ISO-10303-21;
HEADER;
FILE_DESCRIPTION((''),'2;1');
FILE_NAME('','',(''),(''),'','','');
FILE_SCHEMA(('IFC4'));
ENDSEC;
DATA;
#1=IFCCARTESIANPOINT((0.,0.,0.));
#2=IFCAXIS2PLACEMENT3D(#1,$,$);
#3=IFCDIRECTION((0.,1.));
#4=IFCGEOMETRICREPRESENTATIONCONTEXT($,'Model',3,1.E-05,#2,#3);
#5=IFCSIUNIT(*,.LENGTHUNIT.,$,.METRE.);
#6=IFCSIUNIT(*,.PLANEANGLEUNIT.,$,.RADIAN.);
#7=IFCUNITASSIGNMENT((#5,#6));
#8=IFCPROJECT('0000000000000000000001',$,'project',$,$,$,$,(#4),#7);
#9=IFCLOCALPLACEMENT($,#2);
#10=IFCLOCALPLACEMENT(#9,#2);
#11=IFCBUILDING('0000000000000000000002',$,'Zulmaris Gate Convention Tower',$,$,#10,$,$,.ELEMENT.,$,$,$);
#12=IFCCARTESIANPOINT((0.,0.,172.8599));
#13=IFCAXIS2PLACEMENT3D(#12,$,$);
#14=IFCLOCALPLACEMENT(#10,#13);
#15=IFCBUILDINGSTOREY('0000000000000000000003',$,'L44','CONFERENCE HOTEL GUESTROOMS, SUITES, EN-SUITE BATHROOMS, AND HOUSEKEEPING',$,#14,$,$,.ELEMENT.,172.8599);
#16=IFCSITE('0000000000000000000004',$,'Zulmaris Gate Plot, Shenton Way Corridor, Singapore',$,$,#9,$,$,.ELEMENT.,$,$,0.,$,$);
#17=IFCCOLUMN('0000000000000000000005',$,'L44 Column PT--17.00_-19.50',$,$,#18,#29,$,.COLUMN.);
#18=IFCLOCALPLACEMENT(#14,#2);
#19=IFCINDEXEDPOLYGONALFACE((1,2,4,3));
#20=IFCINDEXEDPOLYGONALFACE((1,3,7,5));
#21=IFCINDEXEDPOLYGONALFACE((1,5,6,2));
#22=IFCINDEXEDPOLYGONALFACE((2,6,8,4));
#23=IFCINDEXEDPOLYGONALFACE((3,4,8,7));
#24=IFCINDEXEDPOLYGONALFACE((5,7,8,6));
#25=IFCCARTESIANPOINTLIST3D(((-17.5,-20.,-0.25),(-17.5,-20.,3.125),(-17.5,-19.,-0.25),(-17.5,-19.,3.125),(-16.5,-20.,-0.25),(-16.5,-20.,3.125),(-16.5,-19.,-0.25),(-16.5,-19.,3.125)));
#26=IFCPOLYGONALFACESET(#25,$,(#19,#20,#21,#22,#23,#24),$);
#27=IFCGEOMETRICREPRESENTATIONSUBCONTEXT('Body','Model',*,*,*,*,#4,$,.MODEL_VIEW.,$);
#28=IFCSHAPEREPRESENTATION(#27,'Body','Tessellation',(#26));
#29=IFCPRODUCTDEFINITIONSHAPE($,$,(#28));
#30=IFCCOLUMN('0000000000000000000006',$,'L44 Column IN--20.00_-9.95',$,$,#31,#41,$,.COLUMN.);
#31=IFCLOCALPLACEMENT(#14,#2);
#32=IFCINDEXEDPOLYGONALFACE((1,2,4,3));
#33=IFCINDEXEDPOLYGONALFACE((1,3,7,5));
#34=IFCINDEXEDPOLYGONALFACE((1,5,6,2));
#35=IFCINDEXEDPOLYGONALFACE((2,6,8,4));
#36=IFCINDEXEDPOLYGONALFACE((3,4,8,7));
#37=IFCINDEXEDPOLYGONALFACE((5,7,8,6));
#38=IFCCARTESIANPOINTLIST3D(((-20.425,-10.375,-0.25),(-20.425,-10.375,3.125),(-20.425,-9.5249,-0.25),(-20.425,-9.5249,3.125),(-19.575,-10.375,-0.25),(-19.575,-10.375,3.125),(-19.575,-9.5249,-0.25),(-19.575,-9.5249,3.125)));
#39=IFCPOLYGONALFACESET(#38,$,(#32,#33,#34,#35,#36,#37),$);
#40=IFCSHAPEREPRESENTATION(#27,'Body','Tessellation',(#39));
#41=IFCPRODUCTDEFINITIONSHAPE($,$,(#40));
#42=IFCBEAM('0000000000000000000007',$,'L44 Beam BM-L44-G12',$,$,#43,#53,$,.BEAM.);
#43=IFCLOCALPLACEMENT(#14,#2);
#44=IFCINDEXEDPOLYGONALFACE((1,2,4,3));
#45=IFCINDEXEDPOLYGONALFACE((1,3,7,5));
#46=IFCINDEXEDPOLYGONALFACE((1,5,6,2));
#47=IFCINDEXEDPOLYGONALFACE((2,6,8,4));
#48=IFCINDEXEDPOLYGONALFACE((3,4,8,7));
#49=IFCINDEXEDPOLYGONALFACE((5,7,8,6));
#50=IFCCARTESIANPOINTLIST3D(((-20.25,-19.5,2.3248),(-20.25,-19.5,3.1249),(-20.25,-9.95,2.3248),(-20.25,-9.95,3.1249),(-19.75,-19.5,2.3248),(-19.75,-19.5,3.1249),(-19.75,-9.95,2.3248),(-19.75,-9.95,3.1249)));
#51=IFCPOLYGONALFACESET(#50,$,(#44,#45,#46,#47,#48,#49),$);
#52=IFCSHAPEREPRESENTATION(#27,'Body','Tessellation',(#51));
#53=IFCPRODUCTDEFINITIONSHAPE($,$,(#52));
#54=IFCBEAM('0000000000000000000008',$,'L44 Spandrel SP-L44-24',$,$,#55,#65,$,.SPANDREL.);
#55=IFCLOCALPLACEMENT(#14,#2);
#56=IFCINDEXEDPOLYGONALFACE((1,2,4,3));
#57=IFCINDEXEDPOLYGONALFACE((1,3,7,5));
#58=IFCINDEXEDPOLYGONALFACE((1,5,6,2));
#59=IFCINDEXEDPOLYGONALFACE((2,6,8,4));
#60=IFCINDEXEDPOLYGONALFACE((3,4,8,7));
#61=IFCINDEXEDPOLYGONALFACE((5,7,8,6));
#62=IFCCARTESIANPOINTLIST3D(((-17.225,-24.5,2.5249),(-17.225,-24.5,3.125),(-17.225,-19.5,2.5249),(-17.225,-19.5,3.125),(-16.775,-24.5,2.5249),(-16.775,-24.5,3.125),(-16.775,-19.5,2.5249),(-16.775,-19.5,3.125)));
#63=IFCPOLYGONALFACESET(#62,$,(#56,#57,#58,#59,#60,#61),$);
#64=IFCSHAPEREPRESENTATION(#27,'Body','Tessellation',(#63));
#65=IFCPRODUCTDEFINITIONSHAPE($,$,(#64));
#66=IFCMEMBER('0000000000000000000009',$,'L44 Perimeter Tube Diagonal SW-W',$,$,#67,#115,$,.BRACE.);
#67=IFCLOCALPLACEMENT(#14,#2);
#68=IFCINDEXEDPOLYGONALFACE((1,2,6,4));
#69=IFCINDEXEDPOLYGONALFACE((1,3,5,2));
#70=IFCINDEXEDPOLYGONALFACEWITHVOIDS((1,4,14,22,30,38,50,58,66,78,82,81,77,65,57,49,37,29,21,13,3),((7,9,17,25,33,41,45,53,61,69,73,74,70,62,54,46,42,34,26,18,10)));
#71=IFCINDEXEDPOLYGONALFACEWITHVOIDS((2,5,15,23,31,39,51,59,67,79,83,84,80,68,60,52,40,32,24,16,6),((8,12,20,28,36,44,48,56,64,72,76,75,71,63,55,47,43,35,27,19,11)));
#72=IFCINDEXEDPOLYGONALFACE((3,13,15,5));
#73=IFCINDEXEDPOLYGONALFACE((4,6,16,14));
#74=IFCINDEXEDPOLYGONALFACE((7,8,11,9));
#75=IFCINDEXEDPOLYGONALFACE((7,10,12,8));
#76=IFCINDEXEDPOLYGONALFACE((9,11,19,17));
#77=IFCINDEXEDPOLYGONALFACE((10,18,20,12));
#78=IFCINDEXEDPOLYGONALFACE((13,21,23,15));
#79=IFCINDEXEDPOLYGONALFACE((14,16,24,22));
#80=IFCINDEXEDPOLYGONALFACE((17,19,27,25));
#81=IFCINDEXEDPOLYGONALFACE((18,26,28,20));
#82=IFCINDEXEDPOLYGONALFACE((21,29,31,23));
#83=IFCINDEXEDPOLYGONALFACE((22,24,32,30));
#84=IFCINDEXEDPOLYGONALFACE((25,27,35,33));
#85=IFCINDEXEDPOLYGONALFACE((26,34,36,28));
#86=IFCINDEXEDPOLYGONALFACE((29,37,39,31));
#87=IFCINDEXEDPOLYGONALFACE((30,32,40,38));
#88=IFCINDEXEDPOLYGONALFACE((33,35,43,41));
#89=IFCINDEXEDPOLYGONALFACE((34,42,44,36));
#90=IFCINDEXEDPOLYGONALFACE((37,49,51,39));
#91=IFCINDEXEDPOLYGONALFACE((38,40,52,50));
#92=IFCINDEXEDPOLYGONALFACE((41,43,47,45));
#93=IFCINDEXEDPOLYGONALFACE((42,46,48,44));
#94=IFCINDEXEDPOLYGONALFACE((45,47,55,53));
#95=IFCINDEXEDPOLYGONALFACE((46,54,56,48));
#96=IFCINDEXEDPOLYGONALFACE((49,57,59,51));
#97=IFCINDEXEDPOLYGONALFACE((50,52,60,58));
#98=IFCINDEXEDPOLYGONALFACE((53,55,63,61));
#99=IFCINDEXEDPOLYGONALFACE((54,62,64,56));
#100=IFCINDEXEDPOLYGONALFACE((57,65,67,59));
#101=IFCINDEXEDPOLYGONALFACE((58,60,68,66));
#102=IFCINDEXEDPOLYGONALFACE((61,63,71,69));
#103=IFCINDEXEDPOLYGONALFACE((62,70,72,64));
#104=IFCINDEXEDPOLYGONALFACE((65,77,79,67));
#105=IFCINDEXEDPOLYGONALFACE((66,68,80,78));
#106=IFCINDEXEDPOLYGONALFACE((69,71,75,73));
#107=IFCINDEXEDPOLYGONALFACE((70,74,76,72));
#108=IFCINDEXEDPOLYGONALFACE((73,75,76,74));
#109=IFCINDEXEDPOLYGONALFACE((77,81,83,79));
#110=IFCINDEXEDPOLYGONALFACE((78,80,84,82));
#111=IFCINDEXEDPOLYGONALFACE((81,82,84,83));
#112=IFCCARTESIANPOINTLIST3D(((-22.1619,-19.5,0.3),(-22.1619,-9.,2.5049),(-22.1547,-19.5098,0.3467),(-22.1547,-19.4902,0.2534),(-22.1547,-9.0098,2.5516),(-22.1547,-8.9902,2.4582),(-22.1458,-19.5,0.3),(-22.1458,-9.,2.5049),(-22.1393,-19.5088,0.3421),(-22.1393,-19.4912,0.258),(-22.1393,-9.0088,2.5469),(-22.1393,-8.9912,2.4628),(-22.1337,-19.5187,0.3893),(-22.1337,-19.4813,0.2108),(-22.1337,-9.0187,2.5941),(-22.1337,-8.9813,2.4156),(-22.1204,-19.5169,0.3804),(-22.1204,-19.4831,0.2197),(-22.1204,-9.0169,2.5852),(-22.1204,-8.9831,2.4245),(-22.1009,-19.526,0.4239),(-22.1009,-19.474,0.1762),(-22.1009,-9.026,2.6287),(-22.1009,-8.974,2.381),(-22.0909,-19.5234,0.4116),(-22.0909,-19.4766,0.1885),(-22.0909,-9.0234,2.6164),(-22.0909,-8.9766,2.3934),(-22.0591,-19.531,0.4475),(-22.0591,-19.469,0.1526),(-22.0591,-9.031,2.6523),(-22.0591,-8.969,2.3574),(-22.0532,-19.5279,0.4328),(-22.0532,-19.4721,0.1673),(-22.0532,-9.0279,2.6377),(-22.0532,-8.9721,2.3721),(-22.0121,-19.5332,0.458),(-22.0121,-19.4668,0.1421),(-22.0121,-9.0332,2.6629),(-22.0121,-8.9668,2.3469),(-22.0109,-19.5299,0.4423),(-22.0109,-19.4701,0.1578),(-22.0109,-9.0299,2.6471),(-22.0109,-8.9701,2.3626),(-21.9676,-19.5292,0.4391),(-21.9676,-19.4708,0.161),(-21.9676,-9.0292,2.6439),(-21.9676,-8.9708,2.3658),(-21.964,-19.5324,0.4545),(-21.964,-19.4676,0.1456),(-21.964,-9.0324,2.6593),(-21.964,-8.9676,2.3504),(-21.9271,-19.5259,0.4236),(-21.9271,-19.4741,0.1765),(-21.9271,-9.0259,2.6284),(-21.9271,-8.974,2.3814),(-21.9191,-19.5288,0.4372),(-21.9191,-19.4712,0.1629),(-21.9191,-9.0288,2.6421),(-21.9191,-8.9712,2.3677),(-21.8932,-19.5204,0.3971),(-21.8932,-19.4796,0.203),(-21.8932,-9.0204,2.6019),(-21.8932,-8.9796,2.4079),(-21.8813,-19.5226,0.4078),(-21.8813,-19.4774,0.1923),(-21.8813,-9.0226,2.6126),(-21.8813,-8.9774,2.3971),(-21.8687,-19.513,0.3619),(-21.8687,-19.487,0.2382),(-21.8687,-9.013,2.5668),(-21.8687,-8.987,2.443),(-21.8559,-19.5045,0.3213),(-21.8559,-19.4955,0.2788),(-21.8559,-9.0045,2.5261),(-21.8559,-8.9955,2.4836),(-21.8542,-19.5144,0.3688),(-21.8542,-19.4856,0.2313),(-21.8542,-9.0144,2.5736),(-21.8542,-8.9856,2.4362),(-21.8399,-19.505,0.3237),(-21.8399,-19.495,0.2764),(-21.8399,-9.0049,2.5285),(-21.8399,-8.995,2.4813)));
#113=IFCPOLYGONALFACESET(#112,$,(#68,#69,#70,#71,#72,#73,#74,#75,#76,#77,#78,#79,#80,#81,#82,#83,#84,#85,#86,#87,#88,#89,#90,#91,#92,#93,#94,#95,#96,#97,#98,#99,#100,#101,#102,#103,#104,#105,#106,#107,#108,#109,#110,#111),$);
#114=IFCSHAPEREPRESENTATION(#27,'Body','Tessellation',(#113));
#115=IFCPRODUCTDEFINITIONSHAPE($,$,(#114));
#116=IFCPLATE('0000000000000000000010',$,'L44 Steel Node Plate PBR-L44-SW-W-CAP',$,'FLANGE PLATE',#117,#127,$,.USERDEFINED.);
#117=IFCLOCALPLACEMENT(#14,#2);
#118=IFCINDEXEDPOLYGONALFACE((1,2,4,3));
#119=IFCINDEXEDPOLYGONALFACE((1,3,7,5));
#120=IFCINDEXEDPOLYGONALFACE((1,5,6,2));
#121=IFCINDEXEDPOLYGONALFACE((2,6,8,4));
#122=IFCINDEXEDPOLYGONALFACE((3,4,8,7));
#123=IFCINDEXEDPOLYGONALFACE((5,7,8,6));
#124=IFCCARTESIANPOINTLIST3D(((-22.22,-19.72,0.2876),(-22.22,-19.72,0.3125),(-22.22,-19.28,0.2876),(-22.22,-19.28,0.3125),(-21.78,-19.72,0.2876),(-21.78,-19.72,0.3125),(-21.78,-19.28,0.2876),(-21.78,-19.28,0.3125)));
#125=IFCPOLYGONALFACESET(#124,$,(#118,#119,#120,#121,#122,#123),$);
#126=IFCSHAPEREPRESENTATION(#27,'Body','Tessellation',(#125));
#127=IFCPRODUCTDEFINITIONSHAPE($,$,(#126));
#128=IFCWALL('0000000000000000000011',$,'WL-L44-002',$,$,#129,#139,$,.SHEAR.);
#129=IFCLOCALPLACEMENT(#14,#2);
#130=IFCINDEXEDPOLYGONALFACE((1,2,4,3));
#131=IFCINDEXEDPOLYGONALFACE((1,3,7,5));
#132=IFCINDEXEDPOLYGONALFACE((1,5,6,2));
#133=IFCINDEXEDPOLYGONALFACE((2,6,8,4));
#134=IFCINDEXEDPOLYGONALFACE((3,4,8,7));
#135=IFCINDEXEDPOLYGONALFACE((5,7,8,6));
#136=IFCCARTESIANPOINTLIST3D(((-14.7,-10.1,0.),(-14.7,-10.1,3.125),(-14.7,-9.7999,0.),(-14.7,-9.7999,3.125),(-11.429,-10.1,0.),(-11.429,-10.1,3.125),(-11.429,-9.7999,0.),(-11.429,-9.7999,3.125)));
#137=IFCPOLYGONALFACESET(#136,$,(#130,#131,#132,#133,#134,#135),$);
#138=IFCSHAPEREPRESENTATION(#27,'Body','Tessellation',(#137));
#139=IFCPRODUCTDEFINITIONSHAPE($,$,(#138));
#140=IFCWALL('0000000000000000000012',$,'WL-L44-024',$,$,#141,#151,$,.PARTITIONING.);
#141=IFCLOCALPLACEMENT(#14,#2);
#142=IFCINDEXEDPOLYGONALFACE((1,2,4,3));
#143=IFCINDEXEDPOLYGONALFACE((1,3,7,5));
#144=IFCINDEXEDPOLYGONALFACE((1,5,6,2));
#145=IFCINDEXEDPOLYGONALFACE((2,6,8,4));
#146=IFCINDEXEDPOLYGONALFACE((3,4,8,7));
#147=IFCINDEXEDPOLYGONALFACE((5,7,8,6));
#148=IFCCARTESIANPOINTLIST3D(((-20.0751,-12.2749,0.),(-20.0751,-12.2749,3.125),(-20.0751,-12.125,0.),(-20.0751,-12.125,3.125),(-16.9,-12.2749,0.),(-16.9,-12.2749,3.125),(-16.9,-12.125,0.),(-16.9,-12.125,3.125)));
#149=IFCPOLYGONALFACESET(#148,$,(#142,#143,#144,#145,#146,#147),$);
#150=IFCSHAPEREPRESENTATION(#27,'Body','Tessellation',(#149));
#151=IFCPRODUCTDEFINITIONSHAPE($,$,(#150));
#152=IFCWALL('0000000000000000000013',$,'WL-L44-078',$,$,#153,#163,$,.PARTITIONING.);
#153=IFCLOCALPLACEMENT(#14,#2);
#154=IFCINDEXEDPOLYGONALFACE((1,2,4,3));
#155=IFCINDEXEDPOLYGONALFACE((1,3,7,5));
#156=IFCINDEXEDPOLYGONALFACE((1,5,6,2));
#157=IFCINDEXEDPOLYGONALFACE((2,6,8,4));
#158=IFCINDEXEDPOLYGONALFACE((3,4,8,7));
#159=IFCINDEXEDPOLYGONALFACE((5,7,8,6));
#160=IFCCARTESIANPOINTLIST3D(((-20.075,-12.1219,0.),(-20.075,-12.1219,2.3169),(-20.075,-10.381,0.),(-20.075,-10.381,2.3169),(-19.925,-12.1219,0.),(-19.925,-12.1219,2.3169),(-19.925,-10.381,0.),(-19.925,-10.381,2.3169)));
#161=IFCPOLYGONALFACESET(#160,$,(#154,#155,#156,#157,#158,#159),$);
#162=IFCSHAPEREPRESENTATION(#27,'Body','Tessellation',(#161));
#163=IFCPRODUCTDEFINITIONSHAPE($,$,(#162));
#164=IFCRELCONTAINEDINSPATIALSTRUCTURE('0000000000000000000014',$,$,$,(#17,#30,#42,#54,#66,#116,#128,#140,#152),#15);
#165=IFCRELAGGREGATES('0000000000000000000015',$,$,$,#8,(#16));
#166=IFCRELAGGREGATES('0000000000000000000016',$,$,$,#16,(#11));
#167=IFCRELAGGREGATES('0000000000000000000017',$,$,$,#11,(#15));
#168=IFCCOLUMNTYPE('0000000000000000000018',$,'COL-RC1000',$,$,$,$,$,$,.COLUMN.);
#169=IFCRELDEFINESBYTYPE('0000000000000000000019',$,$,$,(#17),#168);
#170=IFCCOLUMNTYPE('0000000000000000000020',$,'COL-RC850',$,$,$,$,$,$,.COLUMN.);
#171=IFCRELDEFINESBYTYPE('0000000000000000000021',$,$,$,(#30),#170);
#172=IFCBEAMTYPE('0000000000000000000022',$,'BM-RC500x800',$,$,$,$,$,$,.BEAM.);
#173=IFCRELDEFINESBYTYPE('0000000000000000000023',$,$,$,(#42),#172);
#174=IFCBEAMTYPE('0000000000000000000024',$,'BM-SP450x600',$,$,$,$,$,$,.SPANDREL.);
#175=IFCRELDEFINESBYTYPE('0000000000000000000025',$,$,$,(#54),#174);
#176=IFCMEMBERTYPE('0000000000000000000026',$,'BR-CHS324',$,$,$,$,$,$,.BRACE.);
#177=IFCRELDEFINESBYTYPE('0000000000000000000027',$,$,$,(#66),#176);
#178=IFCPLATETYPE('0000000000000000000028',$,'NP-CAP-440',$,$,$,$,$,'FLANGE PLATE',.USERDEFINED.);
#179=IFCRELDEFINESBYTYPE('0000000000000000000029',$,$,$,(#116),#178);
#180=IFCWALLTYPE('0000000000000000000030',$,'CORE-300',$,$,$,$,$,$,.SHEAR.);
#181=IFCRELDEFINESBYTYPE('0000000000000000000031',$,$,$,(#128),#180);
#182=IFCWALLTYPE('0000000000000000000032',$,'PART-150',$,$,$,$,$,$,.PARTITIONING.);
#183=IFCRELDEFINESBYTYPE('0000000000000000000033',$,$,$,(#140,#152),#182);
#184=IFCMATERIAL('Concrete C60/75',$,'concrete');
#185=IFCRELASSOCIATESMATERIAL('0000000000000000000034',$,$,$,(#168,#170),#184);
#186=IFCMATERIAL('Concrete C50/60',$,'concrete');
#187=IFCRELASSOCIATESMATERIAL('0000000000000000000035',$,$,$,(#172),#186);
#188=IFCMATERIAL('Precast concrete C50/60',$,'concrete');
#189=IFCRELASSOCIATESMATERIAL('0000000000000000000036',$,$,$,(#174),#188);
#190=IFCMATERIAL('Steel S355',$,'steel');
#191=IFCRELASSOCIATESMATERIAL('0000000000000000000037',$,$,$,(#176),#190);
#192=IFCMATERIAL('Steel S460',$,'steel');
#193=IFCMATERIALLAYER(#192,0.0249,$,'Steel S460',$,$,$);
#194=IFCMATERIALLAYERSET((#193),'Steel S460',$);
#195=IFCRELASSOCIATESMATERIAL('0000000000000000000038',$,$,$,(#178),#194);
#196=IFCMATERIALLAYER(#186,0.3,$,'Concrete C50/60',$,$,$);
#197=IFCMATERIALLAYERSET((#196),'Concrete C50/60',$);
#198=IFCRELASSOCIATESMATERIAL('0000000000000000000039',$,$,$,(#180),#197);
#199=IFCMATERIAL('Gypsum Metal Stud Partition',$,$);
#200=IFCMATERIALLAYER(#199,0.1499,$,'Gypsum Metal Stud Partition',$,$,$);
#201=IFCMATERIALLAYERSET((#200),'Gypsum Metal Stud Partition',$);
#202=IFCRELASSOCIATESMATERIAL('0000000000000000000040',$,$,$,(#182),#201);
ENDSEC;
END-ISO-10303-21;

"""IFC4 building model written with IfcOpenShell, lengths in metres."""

from ifc_helpers import new_model, si_unit, direction, frame, frame_2d, origin, origin_2d, place, context, subcontext, project, spatial, rectangle, hollow_circle, extrude, material, layer, layer_set, material_profile, profile_set, type_object, element, save


model = new_model("IFC4")

# Units and contexts
model_context = context("Model", 3, precision=1e-05, world=origin(), true_north=direction((0.0, 1.0)))
body_context = subcontext(model_context, "Body", "Model", "MODEL_VIEW")
ifc_project = project(units=[si_unit("LENGTHUNIT", "METRE"), si_unit("PLANEANGLEUNIT", "RADIAN")], contexts=[model_context])

# Site, building, storey
site_placement = place(None, origin())
site = spatial("IfcSite", under=ifc_project, at=site_placement, Name="Zulmaris Gate Plot, Shenton Way Corridor, Singapore", CompositionType="ELEMENT", RefElevation=0.0)
building_placement = place(site_placement, origin())
building = spatial("IfcBuilding", under=site, at=building_placement, Name="Zulmaris Gate Convention Tower", CompositionType="ELEMENT")
storey_placement = place(building_placement, frame((0.0, 0.0, 172.8599)))
storey = spatial("IfcBuildingStorey", under=building, at=storey_placement, Name="L44", Description="CONFERENCE HOTEL GUESTROOMS, SUITES, EN-SUITE BATHROOMS, AND HOUSEKEEPING", CompositionType="ELEMENT", Elevation=172.8599)

# Columns
ifc_material_1 = material(Name="Concrete C60/75", Category="concrete")
ifc_material_profile_1 = material_profile(ifc_material_1, rectangle(XDim=1.0, YDim=1.0, at=origin_2d()), Name="RC COL 1000x1000")
ifc_profile_set_1 = profile_set([ifc_material_profile_1], Name="Concrete C60/75")
column_type_1 = type_object("IfcColumnType", Name="COL-RC1000", PredefinedType="COLUMN", material=ifc_profile_set_1)
column_1_placement = place(storey_placement, frame((-17.0, -19.5, -0.25), z_axis=(0.0, 0.0, 1.0), x_axis=(1.0, 0.0, 0.0)))
element("IfcColumn", 1, at=column_1_placement, inside=storey, type_object=column_type_1, Name="L44 Column PT--17.00_-19.50", PredefinedType="COLUMN", context=body_context, shape_type="SweptSolid", body=[
    extrude(rectangle(XDim=1.0, YDim=1.0, at=origin_2d()), origin(), (0.0, 0.0, 1.0), 3.375),
])
ifc_material_profile_2 = material_profile(ifc_material_1, rectangle(XDim=0.8501, YDim=0.8501, at=origin_2d()), Name="RC COL 850x850")
ifc_profile_set_2 = profile_set([ifc_material_profile_2], Name="Concrete C60/75")
column_type_2 = type_object("IfcColumnType", Name="COL-RC850", PredefinedType="COLUMN", material=ifc_profile_set_2)
column_2_placement = place(storey_placement, frame((-20.0, -9.95, -0.25), z_axis=(0.0, 0.0, 1.0), x_axis=(1.0, 0.0, 0.0)))
element("IfcColumn", 2, at=column_2_placement, inside=storey, type_object=column_type_2, Name="L44 Column IN--20.00_-9.95", PredefinedType="COLUMN", context=body_context, shape_type="SweptSolid", body=[
    extrude(rectangle(XDim=0.8501, YDim=0.8501, at=origin_2d()), origin(), (0.0, 0.0, 1.0), 3.375),
])

# Beams
ifc_material_2 = material(Name="Concrete C50/60", Category="concrete")
ifc_material_profile_3 = material_profile(ifc_material_2, rectangle(XDim=0.5, YDim=0.8, at=origin_2d()), Name="RC BEAM 500x800")
ifc_profile_set_3 = profile_set([ifc_material_profile_3], Name="Concrete C50/60")
beam_type_1 = type_object("IfcBeamType", Name="BM-RC500x800", PredefinedType="BEAM", material=ifc_profile_set_3)
beam_1_placement = place(storey_placement, frame((-20.0, -19.5, 2.7249), z_axis=(0.0, 1.0, 0.0), x_axis=(-1.0, 0.0, 0.0)))
element("IfcBeam", 3, at=beam_1_placement, inside=storey, type_object=beam_type_1, Name="L44 Beam BM-L44-G12", PredefinedType="BEAM", context=body_context, shape_type="SweptSolid", body=[
    extrude(rectangle(XDim=0.5, YDim=0.8, at=origin_2d()), origin(), (0.0, 0.0, 1.0), 9.55),
])
ifc_material_3 = material(Name="Precast concrete C50/60", Category="concrete")
ifc_material_profile_4 = material_profile(ifc_material_3, rectangle(XDim=0.45, YDim=0.6001, at=origin_2d()), Name="RC SPANDREL 450x600")
ifc_profile_set_4 = profile_set([ifc_material_profile_4], Name="Precast concrete C50/60")
beam_type_2 = type_object("IfcBeamType", Name="BM-SP450x600", PredefinedType="SPANDREL", material=ifc_profile_set_4)
beam_2_placement = place(storey_placement, frame((-17.0, -19.5, 2.825), z_axis=(0.0, -1.0, 0.0), x_axis=(1.0, 0.0, 0.0)))
element("IfcBeam", 4, at=beam_2_placement, inside=storey, type_object=beam_type_2, Name="L44 Spandrel SP-L44-24", PredefinedType="SPANDREL", context=body_context, shape_type="SweptSolid", body=[
    extrude(rectangle(XDim=0.45, YDim=0.6001, at=origin_2d()), origin(), (0.0, 0.0, 1.0), 5.0),
])

# Member
ifc_material_4 = material(Name="Steel S355", Category="steel")
ifc_material_profile_5 = material_profile(ifc_material_4, hollow_circle(Radius=0.1619, WallThickness=0.0161, at=origin_2d()), Name="CHS 323.9x16")
ifc_profile_set_5 = profile_set([ifc_material_profile_5], Name="Steel S355")
member_type = type_object("IfcMemberType", Name="BR-CHS324", PredefinedType="BRACE", material=ifc_profile_set_5)
member_placement = place(storey_placement, frame((-22.0, -19.5, 0.3), z_axis=(0.0, 0.978657, 0.205502), x_axis=(-1.0, 0.0, 0.0)))
element("IfcMember", 5, at=member_placement, inside=storey, type_object=member_type, Name="L44 Perimeter Tube Diagonal SW-W", PredefinedType="BRACE", context=body_context, shape_type="SweptSolid", body=[
    extrude(hollow_circle(Radius=0.1619, WallThickness=0.0161, at=origin_2d()), origin(), (0.0, 0.0, 1.0), 10.729),
])

# Plate
ifc_material_5 = material(Name="Steel S460", Category="steel")
ifc_layer_1 = layer(ifc_material_5, 0.0249, Name="Steel S460")
ifc_layer_set_1 = layer_set([ifc_layer_1], Name="Steel S460")
plate_type = type_object("IfcPlateType", Name="NP-CAP-440", ElementType="FLANGE PLATE", PredefinedType="USERDEFINED", material=ifc_layer_set_1)
plate_placement = place(storey_placement, frame((-22.0, -19.5, 0.2876), z_axis=(0.0, 0.0, 1.0), x_axis=(1.0, 0.0, 0.0)))
element("IfcPlate", 6, at=plate_placement, inside=storey, type_object=plate_type, Name="L44 Steel Node Plate PBR-L44-SW-W-CAP", ObjectType="FLANGE PLATE", PredefinedType="USERDEFINED", context=body_context, shape_type="SweptSolid", body=[
    extrude(rectangle(XDim=0.4399, YDim=0.4399, at=origin_2d()), origin(), (0.0, 0.0, 1.0), 0.0249),
])

# Wall
ifc_layer_2 = layer(ifc_material_2, 0.3, Name="Concrete C50/60")
ifc_layer_set_2 = layer_set([ifc_layer_2], Name="Concrete C50/60")
wall_type_1 = type_object("IfcWallType", Name="CORE-300", PredefinedType="SHEAR", material=ifc_layer_set_2)
wall_1_placement = place(storey_placement, frame((-14.7, -9.95, 0.0), z_axis=(0.0, 0.0, 1.0), x_axis=(1.0, 0.0, 0.0)))
element("IfcWall", 7, at=wall_1_placement, inside=storey, type_object=wall_type_1, Name="WL-L44-002", PredefinedType="SHEAR", context=body_context, shape_type="SweptSolid", body=[
    extrude(rectangle(XDim=3.271, YDim=0.3, at=frame_2d((1.6355, 0.0))), origin(), (0.0, 0.0, 1.0), 3.125),
])

# Walls
ifc_material_6 = material(Name="Gypsum Metal Stud Partition")
ifc_layer_3 = layer(ifc_material_6, 0.1499, Name="Gypsum Metal Stud Partition")
ifc_layer_set_3 = layer_set([ifc_layer_3], Name="Gypsum Metal Stud Partition")
wall_type_2 = type_object("IfcWallType", Name="PART-150", PredefinedType="PARTITIONING", material=ifc_layer_set_3)
wall_2_placement = place(storey_placement, frame((-20.075, -12.2, 0.0), z_axis=(0.0, 0.0, 1.0), x_axis=(1.0, 0.0, 0.0)))
element("IfcWall", 8, at=wall_2_placement, inside=storey, type_object=wall_type_2, Name="WL-L44-024", PredefinedType="PARTITIONING", context=body_context, shape_type="SweptSolid", body=[
    extrude(rectangle(XDim=3.175, YDim=0.1499, at=frame_2d((1.5874, 0.0))), origin(), (0.0, 0.0, 1.0), 3.125),
])
wall_3_placement = place(storey_placement, frame((-20.0, -12.1221, 0.0), z_axis=(0.0, 0.0, 1.0), x_axis=(0.0, 1.0, 0.0)))
element("IfcWall", 9, at=wall_3_placement, inside=storey, type_object=wall_type_2, Name="WL-L44-078", PredefinedType="PARTITIONING", context=body_context, shape_type="SweptSolid", body=[
    extrude(rectangle(XDim=1.741, YDim=0.1499, at=frame_2d((0.8706, 0.0))), origin(), (0.0, 0.0, 1.0), 2.3169),
])

save(model, "model.ifc")
